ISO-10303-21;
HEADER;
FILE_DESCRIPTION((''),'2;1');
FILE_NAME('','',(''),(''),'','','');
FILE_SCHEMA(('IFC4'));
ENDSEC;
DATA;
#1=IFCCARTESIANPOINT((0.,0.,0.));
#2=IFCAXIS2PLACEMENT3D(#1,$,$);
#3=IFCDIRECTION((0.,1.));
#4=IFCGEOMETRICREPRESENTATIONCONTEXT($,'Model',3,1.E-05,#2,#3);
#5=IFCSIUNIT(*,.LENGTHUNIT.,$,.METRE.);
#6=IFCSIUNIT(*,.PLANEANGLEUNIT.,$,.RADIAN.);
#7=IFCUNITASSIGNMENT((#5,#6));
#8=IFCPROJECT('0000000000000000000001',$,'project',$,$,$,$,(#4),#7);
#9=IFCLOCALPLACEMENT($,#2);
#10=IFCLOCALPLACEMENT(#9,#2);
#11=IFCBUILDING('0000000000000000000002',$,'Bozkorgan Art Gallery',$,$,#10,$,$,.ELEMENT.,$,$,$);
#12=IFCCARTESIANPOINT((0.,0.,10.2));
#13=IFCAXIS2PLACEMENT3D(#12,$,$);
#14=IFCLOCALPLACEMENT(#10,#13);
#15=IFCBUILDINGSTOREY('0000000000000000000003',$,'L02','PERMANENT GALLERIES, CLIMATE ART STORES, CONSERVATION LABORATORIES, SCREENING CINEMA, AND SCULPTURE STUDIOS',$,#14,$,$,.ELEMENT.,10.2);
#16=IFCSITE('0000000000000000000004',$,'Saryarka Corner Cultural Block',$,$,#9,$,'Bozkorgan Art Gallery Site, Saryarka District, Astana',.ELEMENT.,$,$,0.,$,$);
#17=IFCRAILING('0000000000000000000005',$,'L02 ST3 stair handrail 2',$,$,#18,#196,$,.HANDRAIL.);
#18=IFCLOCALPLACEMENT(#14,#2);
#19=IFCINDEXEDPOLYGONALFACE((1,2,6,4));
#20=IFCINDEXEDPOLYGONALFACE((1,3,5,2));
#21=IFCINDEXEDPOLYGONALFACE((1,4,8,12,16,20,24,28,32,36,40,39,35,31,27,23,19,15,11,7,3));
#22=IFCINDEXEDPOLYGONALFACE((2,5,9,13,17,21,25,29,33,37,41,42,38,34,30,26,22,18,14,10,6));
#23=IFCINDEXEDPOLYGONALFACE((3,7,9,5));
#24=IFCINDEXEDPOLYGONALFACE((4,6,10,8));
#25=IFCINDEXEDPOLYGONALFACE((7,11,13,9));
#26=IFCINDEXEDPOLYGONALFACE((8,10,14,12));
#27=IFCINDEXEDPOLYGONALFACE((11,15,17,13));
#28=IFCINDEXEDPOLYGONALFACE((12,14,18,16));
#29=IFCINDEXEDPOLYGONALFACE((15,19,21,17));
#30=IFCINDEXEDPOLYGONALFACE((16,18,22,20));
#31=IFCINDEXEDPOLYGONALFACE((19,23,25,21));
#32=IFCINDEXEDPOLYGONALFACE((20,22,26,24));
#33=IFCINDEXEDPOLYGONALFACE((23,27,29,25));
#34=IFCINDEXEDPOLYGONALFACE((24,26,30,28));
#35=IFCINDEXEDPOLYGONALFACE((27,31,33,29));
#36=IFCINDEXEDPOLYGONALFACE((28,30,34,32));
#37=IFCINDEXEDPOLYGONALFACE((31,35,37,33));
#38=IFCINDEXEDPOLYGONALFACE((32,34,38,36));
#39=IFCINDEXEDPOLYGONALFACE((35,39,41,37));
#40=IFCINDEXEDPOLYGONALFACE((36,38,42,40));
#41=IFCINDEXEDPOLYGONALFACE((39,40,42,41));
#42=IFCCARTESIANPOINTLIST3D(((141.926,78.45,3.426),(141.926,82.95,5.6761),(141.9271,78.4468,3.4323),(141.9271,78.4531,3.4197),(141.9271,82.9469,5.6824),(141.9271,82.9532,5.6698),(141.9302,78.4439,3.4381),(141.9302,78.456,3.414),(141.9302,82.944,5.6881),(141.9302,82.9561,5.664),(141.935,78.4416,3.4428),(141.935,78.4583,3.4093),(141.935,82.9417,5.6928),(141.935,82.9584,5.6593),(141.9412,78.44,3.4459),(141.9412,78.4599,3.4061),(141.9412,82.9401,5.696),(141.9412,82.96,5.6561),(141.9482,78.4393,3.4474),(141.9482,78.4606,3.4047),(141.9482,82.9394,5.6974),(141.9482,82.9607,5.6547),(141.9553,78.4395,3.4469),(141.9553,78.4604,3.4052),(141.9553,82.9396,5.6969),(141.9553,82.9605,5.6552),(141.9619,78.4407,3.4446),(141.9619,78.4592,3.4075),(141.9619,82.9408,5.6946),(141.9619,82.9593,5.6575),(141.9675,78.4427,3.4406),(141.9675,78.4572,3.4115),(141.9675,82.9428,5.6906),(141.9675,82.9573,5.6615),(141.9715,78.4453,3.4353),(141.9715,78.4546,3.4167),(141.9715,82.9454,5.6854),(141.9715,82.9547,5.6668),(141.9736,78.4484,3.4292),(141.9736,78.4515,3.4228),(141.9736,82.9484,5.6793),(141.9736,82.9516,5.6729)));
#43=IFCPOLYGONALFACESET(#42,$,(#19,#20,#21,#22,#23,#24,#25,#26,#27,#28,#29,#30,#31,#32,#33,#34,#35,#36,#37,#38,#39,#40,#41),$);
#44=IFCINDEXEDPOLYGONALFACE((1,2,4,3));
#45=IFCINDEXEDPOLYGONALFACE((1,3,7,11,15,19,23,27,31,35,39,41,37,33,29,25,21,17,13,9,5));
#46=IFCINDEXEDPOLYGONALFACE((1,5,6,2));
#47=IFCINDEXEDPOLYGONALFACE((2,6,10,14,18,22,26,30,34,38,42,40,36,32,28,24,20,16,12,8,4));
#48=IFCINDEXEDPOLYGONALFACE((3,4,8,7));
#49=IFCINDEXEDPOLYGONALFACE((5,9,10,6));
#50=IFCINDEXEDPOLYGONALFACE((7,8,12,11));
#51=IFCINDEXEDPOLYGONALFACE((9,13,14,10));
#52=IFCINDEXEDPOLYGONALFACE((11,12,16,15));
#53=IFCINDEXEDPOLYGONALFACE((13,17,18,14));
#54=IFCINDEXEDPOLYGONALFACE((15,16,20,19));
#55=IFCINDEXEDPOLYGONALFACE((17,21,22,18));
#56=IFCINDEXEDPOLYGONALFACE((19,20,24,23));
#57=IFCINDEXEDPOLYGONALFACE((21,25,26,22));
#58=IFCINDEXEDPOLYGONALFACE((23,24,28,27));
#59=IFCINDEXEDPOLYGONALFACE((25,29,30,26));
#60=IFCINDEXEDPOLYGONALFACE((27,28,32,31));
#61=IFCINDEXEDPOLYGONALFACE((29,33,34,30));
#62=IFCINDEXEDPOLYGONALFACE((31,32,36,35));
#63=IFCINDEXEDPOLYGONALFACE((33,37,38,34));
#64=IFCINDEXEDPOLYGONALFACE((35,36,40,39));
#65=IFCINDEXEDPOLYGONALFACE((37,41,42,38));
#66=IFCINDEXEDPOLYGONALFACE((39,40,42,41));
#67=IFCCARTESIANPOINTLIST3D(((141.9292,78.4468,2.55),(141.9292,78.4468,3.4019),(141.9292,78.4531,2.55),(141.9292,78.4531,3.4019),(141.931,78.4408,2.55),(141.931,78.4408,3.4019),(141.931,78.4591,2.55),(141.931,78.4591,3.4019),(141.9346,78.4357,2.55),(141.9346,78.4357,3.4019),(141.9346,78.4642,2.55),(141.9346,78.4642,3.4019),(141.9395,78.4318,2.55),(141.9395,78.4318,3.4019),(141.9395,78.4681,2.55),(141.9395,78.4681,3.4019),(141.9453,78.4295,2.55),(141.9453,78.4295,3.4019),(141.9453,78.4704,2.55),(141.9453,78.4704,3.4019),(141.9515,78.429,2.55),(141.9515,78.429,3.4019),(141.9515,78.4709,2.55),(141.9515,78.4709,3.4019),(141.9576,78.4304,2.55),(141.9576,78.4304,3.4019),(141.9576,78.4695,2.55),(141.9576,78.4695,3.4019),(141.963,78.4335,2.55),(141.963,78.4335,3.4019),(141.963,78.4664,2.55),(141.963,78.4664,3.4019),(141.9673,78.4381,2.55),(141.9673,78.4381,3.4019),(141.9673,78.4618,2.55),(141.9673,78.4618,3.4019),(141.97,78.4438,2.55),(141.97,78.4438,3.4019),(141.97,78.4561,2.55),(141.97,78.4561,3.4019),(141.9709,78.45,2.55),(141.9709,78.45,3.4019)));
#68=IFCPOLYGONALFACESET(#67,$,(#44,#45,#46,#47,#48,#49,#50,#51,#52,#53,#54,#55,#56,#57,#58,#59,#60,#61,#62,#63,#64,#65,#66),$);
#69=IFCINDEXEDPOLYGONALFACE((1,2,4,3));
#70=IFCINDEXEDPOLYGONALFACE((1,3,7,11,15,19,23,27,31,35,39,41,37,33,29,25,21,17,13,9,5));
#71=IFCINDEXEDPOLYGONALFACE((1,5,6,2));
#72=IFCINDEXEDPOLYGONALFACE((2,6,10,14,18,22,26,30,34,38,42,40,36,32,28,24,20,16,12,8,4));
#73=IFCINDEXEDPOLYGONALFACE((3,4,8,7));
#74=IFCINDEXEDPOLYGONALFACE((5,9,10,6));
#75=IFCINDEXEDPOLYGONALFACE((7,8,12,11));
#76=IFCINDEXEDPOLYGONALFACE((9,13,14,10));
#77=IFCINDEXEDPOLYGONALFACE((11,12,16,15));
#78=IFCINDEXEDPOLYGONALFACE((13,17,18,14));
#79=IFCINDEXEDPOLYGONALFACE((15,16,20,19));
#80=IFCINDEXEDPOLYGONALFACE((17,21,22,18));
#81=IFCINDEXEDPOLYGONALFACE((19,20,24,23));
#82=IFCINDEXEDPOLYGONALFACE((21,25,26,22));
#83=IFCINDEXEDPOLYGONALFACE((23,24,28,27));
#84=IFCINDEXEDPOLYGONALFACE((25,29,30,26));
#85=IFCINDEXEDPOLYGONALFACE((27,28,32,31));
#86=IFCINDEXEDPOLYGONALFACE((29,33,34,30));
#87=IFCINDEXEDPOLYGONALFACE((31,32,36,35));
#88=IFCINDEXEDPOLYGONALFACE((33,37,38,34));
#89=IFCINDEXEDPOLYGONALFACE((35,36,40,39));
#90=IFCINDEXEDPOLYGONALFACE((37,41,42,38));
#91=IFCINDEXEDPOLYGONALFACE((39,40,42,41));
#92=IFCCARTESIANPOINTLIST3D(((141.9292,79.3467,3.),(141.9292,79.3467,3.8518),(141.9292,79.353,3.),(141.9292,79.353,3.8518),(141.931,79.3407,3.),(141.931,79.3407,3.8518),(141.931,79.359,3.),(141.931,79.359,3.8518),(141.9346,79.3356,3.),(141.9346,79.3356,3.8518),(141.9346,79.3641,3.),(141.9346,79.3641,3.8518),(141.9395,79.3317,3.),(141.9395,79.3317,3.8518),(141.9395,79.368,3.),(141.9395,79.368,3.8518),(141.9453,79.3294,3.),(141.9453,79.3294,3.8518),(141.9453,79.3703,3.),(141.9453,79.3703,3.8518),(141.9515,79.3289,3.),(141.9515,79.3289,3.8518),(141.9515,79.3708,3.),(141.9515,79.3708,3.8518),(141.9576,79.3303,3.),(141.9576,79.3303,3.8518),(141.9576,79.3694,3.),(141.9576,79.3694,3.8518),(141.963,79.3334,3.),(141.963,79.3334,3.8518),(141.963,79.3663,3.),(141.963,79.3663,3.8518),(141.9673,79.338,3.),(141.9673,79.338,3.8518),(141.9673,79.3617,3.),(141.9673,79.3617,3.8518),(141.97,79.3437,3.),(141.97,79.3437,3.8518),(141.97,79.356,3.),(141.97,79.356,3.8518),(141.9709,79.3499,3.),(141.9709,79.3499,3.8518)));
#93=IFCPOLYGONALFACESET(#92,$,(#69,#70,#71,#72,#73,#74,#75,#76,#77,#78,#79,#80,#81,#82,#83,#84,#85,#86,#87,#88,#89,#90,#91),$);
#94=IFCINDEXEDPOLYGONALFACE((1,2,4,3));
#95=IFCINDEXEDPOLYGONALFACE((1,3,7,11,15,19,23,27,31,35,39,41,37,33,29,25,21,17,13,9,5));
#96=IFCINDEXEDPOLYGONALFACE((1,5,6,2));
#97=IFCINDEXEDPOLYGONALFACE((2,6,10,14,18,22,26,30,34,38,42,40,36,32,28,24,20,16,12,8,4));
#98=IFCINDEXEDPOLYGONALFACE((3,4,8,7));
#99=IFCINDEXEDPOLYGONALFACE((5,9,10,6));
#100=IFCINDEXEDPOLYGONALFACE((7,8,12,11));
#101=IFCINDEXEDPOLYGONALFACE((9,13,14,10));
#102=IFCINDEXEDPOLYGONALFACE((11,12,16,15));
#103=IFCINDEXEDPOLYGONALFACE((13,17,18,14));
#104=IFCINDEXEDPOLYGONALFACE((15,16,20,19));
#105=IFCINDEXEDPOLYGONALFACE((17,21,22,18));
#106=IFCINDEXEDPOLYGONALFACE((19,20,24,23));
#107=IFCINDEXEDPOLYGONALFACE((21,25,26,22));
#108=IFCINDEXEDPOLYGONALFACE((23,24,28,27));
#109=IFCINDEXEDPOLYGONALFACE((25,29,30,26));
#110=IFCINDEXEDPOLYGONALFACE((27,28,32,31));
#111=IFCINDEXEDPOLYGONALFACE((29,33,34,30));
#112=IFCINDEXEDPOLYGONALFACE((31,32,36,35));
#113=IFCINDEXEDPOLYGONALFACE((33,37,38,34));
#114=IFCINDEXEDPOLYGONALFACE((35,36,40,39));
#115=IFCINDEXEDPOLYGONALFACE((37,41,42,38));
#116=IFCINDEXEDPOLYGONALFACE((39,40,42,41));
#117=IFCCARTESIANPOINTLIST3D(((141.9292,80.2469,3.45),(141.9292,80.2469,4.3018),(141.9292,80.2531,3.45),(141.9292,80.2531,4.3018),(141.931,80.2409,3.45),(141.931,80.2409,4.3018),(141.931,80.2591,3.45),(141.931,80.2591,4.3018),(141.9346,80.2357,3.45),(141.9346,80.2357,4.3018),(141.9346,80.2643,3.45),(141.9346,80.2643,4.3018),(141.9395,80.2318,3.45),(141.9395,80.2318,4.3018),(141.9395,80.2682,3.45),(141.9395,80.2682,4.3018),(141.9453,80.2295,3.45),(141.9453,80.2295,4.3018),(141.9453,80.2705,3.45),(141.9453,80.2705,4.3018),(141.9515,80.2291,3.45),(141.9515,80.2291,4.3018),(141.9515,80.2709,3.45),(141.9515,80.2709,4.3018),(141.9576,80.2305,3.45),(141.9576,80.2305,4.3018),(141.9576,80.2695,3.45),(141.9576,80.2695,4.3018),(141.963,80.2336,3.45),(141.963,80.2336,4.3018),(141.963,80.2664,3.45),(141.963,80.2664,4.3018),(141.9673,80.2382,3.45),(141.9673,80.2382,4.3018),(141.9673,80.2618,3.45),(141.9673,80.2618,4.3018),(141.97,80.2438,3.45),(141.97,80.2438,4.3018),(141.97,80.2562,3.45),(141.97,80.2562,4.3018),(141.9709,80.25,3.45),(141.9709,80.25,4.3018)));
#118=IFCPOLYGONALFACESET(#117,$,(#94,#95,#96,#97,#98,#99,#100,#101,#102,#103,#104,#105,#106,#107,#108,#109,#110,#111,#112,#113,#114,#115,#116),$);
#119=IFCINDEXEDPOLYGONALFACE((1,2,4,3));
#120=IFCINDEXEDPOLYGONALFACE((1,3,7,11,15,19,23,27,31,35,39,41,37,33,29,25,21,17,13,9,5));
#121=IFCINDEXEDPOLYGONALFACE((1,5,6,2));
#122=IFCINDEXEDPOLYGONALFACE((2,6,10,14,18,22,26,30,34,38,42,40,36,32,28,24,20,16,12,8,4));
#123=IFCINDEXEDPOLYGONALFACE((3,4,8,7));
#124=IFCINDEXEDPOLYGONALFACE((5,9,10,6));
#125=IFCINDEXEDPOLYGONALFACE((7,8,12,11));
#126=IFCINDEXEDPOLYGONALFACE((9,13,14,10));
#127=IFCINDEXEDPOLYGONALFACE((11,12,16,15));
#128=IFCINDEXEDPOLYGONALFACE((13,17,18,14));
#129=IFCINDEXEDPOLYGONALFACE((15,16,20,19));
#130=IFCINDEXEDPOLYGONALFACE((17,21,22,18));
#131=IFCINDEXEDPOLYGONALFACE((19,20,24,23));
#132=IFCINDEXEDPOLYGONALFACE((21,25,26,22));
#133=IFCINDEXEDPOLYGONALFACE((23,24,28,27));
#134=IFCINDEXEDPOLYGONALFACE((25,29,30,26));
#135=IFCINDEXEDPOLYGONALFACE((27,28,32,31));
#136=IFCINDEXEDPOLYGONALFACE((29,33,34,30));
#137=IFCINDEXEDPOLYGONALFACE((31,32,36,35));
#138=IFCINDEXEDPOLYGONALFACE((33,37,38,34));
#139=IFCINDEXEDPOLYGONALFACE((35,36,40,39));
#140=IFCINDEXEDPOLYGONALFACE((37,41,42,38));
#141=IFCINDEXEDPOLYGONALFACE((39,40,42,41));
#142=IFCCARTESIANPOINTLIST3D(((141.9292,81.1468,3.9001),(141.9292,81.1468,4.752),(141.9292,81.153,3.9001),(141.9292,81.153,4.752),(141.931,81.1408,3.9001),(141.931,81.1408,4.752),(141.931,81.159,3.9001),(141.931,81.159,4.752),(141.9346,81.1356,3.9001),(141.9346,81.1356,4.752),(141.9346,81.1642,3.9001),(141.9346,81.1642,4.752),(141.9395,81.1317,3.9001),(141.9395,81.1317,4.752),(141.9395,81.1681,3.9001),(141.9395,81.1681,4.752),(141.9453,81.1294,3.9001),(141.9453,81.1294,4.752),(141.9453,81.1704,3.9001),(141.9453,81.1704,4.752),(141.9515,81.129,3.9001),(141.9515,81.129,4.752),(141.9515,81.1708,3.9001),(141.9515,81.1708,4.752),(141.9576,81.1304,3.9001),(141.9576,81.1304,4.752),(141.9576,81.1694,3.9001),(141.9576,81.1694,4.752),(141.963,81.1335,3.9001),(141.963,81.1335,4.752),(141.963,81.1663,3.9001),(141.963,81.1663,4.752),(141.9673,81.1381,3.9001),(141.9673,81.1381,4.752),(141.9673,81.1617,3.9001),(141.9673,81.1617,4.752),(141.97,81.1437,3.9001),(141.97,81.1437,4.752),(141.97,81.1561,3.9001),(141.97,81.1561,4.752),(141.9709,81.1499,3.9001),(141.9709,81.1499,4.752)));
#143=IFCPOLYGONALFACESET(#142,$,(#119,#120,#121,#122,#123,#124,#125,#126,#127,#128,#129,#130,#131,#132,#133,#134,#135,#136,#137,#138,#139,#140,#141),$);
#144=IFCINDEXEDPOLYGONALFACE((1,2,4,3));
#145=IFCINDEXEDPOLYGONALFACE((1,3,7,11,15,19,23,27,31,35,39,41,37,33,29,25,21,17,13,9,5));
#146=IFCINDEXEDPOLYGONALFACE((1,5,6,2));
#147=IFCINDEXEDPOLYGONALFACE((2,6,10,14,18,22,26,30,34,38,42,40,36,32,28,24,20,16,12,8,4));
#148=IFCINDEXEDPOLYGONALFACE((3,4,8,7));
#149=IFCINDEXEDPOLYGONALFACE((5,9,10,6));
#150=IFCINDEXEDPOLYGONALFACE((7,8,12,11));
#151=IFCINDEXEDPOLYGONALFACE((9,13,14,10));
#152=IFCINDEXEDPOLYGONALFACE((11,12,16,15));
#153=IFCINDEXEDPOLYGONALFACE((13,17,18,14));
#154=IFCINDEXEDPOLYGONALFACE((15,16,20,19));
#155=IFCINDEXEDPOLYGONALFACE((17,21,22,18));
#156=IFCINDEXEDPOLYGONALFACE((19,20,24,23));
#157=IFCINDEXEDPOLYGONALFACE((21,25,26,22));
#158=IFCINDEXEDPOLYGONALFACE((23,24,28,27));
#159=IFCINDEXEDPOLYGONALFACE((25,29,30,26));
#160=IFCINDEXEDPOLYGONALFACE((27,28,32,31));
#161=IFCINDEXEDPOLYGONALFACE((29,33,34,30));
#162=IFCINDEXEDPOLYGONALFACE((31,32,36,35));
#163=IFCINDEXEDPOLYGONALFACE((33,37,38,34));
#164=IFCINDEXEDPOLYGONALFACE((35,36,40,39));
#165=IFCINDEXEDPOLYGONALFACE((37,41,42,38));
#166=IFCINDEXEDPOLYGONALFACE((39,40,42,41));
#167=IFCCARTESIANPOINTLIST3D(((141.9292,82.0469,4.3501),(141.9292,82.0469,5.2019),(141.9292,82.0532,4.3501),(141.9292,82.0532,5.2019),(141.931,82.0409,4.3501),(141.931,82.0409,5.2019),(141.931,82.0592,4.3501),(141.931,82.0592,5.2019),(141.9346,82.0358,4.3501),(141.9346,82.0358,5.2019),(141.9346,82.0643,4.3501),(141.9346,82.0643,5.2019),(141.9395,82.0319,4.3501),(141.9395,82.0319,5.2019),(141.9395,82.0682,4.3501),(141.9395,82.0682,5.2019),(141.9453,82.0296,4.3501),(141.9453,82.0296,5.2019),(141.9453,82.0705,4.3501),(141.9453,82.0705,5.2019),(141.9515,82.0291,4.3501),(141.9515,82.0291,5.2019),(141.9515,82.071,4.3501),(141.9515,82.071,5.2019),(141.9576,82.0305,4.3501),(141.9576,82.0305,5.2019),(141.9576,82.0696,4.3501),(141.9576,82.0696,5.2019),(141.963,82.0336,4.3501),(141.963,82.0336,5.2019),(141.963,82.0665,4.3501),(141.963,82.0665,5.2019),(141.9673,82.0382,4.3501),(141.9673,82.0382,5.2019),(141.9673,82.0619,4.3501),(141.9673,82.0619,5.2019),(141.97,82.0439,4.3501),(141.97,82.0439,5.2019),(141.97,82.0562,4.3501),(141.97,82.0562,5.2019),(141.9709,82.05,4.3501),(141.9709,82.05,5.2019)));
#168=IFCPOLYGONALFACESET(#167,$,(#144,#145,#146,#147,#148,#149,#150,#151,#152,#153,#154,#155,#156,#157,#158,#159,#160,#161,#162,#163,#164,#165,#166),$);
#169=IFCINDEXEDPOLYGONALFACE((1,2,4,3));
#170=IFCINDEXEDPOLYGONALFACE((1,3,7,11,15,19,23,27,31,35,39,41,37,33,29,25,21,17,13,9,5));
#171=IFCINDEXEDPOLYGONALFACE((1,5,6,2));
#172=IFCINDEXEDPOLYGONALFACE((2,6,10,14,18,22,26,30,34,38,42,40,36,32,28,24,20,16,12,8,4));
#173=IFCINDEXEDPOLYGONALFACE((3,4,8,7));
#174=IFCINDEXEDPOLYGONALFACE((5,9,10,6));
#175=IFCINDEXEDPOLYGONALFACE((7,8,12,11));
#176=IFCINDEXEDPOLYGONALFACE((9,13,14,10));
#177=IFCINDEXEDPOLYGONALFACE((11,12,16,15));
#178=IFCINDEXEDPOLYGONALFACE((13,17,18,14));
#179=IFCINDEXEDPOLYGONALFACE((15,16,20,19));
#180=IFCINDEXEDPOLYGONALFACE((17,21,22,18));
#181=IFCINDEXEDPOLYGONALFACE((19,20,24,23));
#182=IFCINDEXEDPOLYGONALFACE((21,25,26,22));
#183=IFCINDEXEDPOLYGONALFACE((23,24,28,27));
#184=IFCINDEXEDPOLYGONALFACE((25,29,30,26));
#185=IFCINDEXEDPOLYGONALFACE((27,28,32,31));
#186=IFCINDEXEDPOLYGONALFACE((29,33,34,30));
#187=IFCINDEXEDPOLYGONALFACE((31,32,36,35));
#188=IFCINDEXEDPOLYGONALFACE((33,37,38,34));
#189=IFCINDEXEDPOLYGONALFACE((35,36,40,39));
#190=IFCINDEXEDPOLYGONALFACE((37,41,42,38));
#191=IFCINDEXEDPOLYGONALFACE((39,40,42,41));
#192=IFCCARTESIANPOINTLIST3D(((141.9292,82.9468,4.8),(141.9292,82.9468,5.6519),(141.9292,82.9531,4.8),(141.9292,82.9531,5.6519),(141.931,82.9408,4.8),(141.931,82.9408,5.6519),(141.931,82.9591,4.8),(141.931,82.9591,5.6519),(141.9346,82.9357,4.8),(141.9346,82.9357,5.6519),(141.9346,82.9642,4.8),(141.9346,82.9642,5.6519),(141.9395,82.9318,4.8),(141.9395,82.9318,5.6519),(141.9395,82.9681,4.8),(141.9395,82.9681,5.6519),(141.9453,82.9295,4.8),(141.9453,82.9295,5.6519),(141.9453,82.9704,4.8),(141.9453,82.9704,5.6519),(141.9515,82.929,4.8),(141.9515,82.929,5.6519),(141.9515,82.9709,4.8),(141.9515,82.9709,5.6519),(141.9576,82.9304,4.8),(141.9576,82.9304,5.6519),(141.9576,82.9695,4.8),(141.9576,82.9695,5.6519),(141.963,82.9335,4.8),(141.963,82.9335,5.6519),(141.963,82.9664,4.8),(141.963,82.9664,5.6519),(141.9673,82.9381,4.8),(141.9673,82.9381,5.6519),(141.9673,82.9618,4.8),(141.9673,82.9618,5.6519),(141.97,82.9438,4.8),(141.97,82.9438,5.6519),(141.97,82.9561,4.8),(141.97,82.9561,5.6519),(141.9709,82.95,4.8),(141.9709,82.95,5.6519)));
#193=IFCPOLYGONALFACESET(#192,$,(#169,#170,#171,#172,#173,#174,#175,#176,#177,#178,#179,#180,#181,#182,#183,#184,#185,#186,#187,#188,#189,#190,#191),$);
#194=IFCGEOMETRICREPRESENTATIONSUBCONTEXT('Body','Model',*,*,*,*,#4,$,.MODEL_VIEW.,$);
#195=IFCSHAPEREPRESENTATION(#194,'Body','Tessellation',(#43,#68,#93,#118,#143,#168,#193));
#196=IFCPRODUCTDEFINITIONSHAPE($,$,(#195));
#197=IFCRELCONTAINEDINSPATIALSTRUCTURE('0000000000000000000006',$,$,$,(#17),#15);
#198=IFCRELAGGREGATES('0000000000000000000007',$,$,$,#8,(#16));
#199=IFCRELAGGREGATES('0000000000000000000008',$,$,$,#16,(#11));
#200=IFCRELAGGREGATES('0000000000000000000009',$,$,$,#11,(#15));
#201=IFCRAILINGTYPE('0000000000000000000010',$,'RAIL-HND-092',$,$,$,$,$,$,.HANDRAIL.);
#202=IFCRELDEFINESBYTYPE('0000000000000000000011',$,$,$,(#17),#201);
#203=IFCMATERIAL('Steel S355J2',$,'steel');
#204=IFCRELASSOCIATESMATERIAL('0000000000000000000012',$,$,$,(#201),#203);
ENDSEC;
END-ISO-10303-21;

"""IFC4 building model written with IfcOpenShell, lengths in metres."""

from ifc_helpers import new_model, si_unit, direction, frame, origin, origin_2d, place, context, subcontext, project, spatial, circle, extrude, material, type_object, element, save


model = new_model("IFC4")

# Units and contexts
model_context = context("Model", 3, precision=1e-05, world=origin(), true_north=direction((0.0, 1.0)))
body_context = subcontext(model_context, "Body", "Model", "MODEL_VIEW")
ifc_project = project(units=[si_unit("LENGTHUNIT", "METRE"), si_unit("PLANEANGLEUNIT", "RADIAN")], contexts=[model_context])

# Site, building, storey
site_placement = place(None, origin())
site = spatial("IfcSite", under=ifc_project, at=site_placement, Name="Saryarka Corner Cultural Block", LongName="Bozkorgan Art Gallery Site, Saryarka District, Astana", CompositionType="ELEMENT", RefElevation=0.0)
building_placement = place(site_placement, origin())
building = spatial("IfcBuilding", under=site, at=building_placement, Name="Bozkorgan Art Gallery", CompositionType="ELEMENT")
storey_placement = place(building_placement, frame((0.0, 0.0, 10.2)))
storey = spatial("IfcBuildingStorey", under=building, at=storey_placement, Name="L02", Description="PERMANENT GALLERIES, CLIMATE ART STORES, CONSERVATION LABORATORIES, SCREENING CINEMA, AND SCULPTURE STUDIOS", CompositionType="ELEMENT", Elevation=10.2)

# Shared definitions
ifc_material_1 = material(Name="Steel S355J2", Category="steel")

# Railing
railing_type_1 = type_object("IfcRailingType", Name="RAIL-HND-092", PredefinedType="HANDRAIL", material=ifc_material_1)
railing_1_placement = place(storey_placement, frame((141.95, 78.45, 2.55)))
element("IfcRailing", 1, at=railing_1_placement, inside=storey, type_object=railing_type_1, Name="L02 ST3 stair handrail 2", PredefinedType="HANDRAIL", context=body_context, shape_type="SweptSolid", body=[
    extrude(circle(Radius=0.0239, at=origin_2d()), frame((0.0, 0.0, 0.876), z_axis=(0.0, 0.894427, 0.447214), x_axis=(-1.0, 0.0, 0.0)), (0.0, 0.0, 1.0), 5.0312),
    extrude(circle(Radius=0.021, at=origin_2d()), origin(), (0.0, 0.0, 1.0), 0.8518),
    extrude(circle(Radius=0.021, at=origin_2d()), frame((0.0, 0.8999, 0.45)), (0.0, 0.0, 1.0), 0.8518),
    extrude(circle(Radius=0.021, at=origin_2d()), frame((0.0, 1.8, 0.8999)), (0.0, 0.0, 1.0), 0.8518),
    extrude(circle(Radius=0.021, at=origin_2d()), frame((0.0, 2.7, 1.3501)), (0.0, 0.0, 1.0), 0.8518),
    extrude(circle(Radius=0.021, at=origin_2d()), frame((0.0, 3.6001, 1.8)), (0.0, 0.0, 1.0), 0.8518),
    extrude(circle(Radius=0.021, at=origin_2d()), frame((0.0, 4.5, 2.25)), (0.0, 0.0, 1.0), 0.8518),
])

save(model, "model.ifc")
